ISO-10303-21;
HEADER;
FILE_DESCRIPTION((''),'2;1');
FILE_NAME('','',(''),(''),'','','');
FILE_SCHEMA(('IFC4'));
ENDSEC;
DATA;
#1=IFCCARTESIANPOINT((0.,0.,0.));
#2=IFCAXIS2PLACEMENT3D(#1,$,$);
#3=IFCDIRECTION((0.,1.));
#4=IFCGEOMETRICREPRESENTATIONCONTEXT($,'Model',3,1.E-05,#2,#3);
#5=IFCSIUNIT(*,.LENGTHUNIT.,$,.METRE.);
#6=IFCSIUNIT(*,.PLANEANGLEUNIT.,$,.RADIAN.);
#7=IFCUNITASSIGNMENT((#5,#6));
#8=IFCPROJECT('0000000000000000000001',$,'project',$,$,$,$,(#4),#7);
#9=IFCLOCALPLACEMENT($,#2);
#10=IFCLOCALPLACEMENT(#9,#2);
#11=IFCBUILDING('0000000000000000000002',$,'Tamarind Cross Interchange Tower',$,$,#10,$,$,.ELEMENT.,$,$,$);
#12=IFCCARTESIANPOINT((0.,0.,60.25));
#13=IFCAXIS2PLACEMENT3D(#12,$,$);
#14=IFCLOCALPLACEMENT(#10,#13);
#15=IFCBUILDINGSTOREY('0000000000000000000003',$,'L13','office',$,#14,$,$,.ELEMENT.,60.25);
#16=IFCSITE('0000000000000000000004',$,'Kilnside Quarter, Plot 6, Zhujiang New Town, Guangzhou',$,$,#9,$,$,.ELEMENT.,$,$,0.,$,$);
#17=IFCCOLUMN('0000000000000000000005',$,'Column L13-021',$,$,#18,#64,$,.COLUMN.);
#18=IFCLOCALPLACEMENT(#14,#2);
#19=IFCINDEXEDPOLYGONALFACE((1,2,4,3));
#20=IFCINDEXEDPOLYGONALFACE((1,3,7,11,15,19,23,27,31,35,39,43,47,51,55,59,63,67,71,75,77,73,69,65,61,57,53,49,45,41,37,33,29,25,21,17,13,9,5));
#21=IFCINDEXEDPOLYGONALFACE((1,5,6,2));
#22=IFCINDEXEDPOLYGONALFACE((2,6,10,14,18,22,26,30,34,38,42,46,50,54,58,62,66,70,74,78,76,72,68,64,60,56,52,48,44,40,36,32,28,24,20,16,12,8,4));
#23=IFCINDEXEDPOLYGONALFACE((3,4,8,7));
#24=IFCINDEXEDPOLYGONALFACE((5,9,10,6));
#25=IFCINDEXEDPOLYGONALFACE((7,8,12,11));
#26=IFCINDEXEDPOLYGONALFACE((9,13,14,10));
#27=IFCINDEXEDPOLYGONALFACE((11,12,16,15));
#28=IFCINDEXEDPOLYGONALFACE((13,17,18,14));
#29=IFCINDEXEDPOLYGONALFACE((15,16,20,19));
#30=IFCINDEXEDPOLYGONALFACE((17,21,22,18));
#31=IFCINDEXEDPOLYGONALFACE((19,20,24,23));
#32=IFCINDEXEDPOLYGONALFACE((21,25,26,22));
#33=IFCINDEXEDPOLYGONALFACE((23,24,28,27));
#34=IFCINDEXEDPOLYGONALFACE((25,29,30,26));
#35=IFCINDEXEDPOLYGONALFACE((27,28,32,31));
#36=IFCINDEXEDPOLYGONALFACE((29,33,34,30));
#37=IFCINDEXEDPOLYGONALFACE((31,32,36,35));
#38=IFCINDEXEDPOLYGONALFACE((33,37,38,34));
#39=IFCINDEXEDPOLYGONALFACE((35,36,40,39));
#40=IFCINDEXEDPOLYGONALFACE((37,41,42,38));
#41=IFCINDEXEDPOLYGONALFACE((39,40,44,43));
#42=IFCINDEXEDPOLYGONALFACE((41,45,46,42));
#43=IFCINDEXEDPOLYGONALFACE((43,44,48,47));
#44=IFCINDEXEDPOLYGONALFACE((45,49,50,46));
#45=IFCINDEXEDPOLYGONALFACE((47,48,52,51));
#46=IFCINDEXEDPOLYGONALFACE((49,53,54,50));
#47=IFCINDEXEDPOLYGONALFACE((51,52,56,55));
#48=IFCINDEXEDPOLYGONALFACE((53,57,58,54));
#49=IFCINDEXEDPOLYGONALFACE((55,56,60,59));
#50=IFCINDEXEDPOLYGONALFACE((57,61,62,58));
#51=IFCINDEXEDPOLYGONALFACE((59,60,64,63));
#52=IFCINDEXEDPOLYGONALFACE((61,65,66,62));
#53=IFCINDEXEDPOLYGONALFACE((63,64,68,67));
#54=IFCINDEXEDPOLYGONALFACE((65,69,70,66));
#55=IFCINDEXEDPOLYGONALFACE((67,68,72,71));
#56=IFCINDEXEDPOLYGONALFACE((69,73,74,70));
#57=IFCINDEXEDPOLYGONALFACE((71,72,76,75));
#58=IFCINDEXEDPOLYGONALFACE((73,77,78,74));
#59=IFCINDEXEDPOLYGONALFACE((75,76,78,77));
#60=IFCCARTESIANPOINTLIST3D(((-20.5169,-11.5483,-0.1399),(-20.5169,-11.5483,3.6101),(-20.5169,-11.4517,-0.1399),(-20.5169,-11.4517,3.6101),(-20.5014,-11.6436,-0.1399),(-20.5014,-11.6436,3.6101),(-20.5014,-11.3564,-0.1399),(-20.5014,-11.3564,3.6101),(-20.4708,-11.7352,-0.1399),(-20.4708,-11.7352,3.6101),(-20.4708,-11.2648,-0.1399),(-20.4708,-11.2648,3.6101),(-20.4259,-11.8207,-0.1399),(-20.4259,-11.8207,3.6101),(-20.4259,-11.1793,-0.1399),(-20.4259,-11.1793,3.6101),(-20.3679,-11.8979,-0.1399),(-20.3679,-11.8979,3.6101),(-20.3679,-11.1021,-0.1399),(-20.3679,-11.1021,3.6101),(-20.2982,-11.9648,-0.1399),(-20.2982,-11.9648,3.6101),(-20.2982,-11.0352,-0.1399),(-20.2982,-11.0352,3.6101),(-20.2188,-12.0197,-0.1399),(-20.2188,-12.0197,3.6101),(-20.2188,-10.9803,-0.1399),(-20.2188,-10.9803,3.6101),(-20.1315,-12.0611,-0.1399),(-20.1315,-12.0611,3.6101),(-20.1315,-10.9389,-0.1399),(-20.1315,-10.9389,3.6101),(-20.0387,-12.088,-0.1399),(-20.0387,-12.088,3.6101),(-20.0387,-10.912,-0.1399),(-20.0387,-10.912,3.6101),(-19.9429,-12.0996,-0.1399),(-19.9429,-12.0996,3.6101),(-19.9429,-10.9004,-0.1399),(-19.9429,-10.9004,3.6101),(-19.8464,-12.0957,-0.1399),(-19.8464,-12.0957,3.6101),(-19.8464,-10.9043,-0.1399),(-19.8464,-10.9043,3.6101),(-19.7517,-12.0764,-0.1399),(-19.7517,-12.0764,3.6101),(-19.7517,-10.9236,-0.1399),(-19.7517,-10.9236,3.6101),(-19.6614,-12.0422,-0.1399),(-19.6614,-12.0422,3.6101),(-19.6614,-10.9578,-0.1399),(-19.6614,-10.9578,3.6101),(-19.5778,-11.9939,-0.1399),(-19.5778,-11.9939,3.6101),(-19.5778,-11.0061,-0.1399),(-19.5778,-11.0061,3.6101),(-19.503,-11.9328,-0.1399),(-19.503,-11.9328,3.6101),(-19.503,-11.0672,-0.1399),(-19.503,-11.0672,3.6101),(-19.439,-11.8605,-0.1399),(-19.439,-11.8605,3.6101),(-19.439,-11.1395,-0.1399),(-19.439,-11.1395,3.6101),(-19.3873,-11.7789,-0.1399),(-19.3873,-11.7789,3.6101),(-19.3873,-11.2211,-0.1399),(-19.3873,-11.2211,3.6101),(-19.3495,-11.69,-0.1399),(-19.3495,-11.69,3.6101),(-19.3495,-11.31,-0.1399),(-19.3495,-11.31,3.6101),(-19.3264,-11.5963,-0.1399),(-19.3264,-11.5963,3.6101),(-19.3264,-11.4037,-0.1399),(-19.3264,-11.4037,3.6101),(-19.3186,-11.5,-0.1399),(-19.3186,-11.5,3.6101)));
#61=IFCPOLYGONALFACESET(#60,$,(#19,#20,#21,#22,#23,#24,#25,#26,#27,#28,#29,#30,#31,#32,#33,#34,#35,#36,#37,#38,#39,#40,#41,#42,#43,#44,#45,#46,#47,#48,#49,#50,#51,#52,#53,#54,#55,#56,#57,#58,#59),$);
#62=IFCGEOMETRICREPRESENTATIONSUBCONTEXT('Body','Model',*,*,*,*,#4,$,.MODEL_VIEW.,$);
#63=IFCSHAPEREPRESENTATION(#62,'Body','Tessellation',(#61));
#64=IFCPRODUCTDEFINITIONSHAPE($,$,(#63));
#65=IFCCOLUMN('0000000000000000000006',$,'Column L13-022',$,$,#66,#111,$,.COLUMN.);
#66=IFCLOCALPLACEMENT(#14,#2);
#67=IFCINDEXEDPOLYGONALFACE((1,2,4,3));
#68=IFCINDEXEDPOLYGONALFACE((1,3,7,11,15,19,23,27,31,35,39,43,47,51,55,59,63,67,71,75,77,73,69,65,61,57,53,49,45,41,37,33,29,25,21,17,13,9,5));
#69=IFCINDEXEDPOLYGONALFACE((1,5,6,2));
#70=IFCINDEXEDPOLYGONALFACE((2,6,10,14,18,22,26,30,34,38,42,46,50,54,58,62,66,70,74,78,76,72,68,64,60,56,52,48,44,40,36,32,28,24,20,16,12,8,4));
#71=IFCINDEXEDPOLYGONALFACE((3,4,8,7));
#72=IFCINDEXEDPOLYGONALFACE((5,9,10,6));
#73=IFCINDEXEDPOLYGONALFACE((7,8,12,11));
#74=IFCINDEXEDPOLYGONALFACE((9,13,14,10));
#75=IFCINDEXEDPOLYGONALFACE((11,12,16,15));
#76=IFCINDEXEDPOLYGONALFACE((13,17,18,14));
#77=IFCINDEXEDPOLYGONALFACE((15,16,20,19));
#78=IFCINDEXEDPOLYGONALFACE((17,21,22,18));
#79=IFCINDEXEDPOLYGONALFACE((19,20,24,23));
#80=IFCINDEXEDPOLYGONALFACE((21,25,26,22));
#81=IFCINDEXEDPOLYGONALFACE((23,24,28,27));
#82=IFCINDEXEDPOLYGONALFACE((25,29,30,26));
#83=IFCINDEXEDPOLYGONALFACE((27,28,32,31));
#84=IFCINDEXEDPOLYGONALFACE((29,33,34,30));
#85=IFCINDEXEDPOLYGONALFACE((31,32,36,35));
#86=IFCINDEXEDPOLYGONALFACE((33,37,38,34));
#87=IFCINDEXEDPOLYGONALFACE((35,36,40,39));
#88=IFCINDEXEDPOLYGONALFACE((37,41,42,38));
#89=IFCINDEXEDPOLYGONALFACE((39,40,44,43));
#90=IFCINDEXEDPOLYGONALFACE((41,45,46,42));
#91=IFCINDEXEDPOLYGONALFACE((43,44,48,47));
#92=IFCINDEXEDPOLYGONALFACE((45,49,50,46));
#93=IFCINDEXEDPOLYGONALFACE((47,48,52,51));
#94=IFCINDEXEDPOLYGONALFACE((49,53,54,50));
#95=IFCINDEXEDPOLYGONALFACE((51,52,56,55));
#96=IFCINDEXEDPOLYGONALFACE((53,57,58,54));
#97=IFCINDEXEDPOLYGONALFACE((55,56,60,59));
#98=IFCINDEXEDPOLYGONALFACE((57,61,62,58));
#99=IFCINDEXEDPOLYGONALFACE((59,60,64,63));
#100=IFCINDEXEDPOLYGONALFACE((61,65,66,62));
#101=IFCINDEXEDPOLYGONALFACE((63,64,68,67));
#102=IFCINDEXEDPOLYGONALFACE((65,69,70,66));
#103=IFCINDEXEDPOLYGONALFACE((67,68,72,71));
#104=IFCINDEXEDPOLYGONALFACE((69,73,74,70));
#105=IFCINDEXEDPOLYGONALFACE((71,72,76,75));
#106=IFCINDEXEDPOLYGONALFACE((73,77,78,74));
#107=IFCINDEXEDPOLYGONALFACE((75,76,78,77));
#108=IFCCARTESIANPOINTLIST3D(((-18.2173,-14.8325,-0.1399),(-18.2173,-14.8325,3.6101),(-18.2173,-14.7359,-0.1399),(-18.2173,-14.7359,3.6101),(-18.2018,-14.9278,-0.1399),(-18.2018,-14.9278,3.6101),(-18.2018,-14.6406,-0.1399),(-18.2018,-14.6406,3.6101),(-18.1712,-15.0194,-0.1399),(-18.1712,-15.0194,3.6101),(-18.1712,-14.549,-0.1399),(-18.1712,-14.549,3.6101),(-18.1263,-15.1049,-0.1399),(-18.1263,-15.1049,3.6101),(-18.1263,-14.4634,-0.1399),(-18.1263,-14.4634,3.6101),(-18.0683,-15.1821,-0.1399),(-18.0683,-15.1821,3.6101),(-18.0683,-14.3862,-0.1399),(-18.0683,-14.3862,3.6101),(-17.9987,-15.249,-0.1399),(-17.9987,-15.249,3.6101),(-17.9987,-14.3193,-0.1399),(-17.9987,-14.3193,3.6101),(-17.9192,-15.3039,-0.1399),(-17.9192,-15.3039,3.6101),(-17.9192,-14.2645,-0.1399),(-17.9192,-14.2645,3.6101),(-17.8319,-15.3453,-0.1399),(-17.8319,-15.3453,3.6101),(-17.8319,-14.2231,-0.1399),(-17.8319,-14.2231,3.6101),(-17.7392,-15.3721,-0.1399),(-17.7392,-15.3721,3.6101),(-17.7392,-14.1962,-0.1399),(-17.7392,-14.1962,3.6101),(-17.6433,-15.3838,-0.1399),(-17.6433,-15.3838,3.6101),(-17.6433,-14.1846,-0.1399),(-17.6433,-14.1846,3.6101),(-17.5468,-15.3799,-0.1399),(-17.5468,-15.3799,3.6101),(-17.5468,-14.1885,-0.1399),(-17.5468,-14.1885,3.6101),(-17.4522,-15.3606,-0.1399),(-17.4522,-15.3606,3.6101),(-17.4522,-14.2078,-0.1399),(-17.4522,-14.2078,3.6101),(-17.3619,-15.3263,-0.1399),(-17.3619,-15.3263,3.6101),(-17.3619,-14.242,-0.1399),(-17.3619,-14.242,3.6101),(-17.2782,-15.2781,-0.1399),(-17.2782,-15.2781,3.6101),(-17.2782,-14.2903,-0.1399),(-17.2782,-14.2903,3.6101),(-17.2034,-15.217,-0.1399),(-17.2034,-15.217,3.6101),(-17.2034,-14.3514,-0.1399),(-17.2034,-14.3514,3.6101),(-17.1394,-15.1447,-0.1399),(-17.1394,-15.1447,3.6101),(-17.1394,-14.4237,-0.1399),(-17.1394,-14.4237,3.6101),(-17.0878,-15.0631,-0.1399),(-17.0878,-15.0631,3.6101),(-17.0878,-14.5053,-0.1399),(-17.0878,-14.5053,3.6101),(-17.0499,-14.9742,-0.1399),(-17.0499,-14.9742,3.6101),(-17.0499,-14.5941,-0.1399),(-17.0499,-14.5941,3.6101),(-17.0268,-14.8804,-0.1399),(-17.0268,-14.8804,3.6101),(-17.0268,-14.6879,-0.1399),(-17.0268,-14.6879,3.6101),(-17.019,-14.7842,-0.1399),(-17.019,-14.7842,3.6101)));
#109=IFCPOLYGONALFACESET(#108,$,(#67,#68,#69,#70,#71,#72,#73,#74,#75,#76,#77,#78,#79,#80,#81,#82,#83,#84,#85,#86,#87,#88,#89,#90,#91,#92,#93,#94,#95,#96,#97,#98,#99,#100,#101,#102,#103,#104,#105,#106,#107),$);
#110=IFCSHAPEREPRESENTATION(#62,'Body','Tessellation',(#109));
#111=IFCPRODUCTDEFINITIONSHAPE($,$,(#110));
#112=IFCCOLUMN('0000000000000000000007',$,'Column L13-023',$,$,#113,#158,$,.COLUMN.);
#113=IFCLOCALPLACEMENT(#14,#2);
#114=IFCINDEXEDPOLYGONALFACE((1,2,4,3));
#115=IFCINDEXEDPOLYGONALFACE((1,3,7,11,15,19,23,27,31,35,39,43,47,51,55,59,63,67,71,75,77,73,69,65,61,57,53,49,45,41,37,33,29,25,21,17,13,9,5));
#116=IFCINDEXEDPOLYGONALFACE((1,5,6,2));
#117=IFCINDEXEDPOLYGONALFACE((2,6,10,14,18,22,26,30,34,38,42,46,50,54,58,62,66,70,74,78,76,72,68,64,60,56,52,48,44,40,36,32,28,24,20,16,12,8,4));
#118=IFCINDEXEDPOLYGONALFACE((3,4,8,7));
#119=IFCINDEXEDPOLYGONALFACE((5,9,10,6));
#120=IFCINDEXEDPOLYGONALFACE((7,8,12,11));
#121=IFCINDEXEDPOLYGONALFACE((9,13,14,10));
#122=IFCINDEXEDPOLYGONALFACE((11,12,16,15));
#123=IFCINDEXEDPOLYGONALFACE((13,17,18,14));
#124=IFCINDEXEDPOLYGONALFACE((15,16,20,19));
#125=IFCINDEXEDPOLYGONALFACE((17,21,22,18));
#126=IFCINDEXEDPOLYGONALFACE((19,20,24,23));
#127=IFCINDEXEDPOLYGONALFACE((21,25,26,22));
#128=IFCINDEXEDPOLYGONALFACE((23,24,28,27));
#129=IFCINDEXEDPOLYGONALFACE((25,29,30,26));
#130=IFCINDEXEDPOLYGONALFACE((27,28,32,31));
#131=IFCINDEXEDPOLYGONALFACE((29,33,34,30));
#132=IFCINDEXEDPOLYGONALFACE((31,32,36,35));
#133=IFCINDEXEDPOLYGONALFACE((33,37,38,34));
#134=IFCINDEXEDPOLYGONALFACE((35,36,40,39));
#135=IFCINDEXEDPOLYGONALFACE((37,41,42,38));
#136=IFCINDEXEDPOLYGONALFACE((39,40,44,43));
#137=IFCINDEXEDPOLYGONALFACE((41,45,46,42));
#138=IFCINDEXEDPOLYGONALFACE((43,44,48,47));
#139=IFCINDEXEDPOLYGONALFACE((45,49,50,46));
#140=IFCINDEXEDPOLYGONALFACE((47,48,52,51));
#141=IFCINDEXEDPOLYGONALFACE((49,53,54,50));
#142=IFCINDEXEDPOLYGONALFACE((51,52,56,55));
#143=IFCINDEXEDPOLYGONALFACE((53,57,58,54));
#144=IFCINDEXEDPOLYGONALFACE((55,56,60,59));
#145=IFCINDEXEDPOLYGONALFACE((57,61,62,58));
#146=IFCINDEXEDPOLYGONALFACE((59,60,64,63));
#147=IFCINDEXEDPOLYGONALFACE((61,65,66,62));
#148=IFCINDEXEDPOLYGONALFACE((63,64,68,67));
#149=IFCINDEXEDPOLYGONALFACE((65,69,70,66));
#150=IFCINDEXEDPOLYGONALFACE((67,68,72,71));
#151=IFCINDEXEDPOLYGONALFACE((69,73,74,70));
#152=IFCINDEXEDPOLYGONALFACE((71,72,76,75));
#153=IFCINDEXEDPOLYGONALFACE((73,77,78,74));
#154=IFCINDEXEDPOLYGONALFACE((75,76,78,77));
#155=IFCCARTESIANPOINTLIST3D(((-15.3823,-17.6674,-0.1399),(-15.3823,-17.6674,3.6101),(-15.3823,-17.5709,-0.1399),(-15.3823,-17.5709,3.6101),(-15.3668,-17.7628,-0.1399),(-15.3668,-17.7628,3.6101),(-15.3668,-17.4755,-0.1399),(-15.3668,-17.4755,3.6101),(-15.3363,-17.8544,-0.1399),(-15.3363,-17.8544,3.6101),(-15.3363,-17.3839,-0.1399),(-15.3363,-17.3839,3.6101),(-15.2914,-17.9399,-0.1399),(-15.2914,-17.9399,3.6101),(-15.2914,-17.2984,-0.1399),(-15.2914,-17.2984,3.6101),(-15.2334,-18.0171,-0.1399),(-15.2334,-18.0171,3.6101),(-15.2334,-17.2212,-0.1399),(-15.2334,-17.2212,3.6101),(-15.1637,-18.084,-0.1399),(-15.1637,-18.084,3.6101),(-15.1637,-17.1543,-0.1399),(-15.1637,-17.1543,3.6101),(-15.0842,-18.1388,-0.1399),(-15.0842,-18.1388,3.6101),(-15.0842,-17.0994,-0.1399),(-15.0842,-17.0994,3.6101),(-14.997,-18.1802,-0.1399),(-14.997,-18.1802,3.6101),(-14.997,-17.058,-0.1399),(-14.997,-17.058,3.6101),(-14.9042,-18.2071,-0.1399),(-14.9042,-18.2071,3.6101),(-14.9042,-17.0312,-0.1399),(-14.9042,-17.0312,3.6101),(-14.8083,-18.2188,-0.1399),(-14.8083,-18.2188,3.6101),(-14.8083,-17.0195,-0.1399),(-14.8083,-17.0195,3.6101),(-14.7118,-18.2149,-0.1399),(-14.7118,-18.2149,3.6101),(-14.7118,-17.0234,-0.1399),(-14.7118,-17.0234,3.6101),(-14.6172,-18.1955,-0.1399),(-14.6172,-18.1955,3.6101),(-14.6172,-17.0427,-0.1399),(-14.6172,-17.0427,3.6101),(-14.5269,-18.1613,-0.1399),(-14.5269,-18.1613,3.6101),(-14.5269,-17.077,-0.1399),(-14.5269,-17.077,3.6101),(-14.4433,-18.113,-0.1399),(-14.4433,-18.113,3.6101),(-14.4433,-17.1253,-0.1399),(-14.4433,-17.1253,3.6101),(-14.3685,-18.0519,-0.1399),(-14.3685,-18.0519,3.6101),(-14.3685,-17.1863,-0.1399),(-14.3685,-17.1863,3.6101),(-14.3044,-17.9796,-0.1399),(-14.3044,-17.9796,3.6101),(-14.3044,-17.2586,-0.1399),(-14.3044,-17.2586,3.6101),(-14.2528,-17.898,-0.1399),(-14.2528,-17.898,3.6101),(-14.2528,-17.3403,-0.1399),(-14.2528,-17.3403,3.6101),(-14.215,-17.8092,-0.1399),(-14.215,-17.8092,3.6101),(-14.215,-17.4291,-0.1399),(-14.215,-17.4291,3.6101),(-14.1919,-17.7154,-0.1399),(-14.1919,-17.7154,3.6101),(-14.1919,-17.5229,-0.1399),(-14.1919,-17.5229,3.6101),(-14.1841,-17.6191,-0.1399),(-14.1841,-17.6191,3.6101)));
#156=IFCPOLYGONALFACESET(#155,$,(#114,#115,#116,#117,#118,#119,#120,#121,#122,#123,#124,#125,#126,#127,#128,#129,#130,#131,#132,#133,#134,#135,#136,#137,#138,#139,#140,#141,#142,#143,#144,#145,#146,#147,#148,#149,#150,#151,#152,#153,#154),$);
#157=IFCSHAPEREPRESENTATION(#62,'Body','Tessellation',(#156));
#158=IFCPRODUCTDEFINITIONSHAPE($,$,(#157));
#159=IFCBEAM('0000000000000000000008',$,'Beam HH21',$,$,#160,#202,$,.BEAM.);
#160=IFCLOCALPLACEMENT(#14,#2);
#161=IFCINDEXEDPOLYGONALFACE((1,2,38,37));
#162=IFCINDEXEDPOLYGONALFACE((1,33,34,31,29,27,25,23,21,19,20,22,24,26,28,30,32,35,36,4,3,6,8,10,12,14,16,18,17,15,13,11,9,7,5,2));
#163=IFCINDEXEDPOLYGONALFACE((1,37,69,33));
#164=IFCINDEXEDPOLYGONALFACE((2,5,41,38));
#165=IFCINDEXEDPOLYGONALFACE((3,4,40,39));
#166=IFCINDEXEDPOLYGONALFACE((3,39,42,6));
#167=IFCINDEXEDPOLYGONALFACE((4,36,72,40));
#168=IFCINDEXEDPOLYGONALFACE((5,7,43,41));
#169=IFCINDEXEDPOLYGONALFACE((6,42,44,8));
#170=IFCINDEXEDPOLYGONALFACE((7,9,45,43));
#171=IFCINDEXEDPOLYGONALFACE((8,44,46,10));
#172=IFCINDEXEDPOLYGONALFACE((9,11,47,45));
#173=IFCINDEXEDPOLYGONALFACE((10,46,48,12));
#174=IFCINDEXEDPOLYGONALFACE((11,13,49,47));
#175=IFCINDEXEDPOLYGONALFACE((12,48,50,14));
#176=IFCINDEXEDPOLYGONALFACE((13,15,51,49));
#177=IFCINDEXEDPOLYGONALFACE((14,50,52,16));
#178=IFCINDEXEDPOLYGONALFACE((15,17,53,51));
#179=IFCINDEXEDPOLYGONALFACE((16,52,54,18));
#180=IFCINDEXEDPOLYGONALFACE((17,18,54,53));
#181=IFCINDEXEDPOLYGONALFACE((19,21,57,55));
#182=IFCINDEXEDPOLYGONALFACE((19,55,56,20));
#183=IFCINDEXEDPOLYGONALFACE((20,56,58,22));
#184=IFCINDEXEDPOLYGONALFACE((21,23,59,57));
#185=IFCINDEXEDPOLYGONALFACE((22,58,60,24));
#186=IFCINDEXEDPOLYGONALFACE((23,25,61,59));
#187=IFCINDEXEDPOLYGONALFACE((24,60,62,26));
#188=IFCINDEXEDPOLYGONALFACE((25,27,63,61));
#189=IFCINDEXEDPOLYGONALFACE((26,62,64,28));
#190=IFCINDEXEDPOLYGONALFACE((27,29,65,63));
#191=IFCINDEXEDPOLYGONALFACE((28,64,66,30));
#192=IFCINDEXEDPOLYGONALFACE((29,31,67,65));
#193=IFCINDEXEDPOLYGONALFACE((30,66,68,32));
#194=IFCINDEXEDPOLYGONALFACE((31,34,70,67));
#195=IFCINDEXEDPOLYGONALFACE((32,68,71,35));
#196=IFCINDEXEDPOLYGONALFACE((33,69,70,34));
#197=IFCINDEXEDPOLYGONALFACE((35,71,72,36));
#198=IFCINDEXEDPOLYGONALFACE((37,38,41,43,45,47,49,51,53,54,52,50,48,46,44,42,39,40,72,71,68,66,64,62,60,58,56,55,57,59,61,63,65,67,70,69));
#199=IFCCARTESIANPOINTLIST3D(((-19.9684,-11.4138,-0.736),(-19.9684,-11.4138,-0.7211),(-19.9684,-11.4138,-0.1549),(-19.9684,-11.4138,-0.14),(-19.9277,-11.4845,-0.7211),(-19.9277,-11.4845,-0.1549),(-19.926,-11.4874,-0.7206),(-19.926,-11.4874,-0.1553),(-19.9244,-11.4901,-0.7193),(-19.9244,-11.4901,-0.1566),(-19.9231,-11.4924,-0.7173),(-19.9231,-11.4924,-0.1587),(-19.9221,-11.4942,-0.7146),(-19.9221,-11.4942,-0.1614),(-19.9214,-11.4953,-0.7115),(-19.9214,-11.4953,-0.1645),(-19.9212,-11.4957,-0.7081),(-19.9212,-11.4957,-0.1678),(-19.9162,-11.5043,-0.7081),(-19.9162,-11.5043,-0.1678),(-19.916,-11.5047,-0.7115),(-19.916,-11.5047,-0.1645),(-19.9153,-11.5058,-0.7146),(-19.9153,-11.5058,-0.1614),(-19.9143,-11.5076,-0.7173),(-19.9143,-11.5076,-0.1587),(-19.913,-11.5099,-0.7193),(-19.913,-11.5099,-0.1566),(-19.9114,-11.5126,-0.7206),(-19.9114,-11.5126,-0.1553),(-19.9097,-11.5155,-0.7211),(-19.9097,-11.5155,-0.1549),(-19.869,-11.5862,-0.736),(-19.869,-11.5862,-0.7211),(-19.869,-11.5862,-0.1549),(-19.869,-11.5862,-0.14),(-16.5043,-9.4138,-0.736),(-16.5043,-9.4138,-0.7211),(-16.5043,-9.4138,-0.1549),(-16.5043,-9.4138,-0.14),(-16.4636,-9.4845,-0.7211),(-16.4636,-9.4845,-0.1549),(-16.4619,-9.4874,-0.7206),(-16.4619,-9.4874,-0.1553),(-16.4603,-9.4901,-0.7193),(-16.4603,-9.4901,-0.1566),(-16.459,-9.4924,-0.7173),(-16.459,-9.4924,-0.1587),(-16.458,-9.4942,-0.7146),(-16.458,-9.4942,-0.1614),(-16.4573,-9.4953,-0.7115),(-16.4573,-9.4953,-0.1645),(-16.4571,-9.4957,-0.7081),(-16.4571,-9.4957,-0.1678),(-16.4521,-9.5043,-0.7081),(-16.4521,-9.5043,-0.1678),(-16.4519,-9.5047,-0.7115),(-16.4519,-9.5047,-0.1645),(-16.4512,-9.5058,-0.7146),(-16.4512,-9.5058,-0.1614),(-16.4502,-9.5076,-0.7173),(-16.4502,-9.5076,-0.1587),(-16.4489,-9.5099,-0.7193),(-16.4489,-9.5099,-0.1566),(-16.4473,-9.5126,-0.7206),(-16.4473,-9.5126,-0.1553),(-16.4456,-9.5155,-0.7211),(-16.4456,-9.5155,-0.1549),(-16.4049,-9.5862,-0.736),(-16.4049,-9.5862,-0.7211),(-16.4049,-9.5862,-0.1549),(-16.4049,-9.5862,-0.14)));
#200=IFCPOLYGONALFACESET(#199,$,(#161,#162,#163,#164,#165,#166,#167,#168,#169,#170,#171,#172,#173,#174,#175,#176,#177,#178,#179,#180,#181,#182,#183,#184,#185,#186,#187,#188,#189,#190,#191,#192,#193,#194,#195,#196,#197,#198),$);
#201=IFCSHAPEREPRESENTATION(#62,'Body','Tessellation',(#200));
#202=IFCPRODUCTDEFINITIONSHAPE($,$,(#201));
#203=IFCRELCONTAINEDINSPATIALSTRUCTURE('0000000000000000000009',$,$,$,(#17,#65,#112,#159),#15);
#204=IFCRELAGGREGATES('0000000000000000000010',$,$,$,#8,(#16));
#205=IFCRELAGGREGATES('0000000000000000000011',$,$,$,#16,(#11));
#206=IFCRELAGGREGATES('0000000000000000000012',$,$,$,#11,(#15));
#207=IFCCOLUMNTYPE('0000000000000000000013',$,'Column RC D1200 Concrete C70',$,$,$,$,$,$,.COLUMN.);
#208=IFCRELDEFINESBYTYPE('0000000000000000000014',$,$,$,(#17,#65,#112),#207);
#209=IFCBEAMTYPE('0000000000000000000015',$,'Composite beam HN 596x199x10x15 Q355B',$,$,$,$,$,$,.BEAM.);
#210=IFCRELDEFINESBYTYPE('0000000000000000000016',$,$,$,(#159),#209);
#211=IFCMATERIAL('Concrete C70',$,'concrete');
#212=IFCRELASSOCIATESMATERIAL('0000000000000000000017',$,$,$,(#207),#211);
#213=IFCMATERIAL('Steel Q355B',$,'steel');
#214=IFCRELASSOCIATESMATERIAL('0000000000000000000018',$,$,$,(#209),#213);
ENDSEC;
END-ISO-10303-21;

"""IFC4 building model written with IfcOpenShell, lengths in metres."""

from ifc_helpers import new_model, si_unit, direction, frame, origin, origin_2d, place, context, subcontext, project, spatial, circle, i_section, extrude, material, material_profile, profile_set, type_object, element, save


model = new_model("IFC4")

# Units and contexts
model_context = context("Model", 3, precision=1e-05, world=origin(), true_north=direction((0.0, 1.0)))
body_context = subcontext(model_context, "Body", "Model", "MODEL_VIEW")
ifc_project = project(units=[si_unit("LENGTHUNIT", "METRE"), si_unit("PLANEANGLEUNIT", "RADIAN")], contexts=[model_context])

# Site, building, storey
site_placement = place(None, origin())
site = spatial("IfcSite", under=ifc_project, at=site_placement, Name="Kilnside Quarter, Plot 6, Zhujiang New Town, Guangzhou", CompositionType="ELEMENT", RefElevation=0.0)
building_placement = place(site_placement, origin())
building = spatial("IfcBuilding", under=site, at=building_placement, Name="Tamarind Cross Interchange Tower", CompositionType="ELEMENT")
storey_placement = place(building_placement, frame((0.0, 0.0, 60.25)))
storey = spatial("IfcBuildingStorey", under=building, at=storey_placement, Name="L13", Description="office", CompositionType="ELEMENT", Elevation=60.25)

# Columns
ifc_material_1 = material(Name="Concrete C70", Category="concrete")
ifc_material_profile_1 = material_profile(ifc_material_1, circle(Radius=0.6001, at=origin_2d()), Name="RC D1200")
ifc_profile_set_1 = profile_set([ifc_material_profile_1], Name="Concrete C70")
column_type = type_object("IfcColumnType", Name="Column RC D1200 Concrete C70", PredefinedType="COLUMN", material=ifc_profile_set_1)
for number, where, z_axis, x_axis, name in (
    (1, (-19.9187, -11.5, -0.1399), (0.0, 0.0, 1.0), (1.0, 0.0, 0.0), "Column L13-021"),
    (2, (-17.6191, -14.7842, -0.1399), (0.0, 0.0, 1.0), (1.0, 0.0, 0.0), "Column L13-022"),
    (3, (-14.7842, -17.6191, -0.1399), (0.0, 0.0, 1.0), (1.0, 0.0, 0.0), "Column L13-023"),
):
    element("IfcColumn", number, at=place(storey_placement, frame(where, z_axis=z_axis, x_axis=x_axis)), inside=storey, type_object=column_type, Name=name, PredefinedType="COLUMN", context=body_context, shape_type="SweptSolid", body=[
        extrude(circle(Radius=0.6001, at=origin_2d()), origin(), (0.0, 0.0, 1.0), 3.75),
    ])

# Beam
ifc_material_2 = material(Name="Steel Q355B", Category="steel")
ifc_material_profile_2 = material_profile(ifc_material_2, i_section(OverallWidth=0.199, OverallDepth=0.5959, WebThickness=0.01, FlangeThickness=0.0149, FilletRadius=0.0129, at=origin_2d()), Name="HN 596x199x10x15")
ifc_profile_set_2 = profile_set([ifc_material_profile_2], Name="Steel Q355B")
beam_type = type_object("IfcBeamType", Name="Composite beam HN 596x199x10x15 Q355B", PredefinedType="BEAM", material=ifc_profile_set_2)
beam_1_placement = place(storey_placement, frame((-19.9187, -11.5, -0.438), z_axis=(0.866026, 0.499999, 0.0), x_axis=(-0.499999, 0.866026, 0.0)))
element("IfcBeam", 4, at=beam_1_placement, inside=storey, type_object=beam_type, Name="Beam HH21", PredefinedType="BEAM", context=body_context, shape_type="SweptSolid", body=[
    extrude(i_section(OverallWidth=0.199, OverallDepth=0.5959, WebThickness=0.01, FlangeThickness=0.0149, FilletRadius=0.0129, at=origin_2d()), origin(), (0.0, 0.0, 1.0), 4.0),
])

save(model, "model.ifc")
